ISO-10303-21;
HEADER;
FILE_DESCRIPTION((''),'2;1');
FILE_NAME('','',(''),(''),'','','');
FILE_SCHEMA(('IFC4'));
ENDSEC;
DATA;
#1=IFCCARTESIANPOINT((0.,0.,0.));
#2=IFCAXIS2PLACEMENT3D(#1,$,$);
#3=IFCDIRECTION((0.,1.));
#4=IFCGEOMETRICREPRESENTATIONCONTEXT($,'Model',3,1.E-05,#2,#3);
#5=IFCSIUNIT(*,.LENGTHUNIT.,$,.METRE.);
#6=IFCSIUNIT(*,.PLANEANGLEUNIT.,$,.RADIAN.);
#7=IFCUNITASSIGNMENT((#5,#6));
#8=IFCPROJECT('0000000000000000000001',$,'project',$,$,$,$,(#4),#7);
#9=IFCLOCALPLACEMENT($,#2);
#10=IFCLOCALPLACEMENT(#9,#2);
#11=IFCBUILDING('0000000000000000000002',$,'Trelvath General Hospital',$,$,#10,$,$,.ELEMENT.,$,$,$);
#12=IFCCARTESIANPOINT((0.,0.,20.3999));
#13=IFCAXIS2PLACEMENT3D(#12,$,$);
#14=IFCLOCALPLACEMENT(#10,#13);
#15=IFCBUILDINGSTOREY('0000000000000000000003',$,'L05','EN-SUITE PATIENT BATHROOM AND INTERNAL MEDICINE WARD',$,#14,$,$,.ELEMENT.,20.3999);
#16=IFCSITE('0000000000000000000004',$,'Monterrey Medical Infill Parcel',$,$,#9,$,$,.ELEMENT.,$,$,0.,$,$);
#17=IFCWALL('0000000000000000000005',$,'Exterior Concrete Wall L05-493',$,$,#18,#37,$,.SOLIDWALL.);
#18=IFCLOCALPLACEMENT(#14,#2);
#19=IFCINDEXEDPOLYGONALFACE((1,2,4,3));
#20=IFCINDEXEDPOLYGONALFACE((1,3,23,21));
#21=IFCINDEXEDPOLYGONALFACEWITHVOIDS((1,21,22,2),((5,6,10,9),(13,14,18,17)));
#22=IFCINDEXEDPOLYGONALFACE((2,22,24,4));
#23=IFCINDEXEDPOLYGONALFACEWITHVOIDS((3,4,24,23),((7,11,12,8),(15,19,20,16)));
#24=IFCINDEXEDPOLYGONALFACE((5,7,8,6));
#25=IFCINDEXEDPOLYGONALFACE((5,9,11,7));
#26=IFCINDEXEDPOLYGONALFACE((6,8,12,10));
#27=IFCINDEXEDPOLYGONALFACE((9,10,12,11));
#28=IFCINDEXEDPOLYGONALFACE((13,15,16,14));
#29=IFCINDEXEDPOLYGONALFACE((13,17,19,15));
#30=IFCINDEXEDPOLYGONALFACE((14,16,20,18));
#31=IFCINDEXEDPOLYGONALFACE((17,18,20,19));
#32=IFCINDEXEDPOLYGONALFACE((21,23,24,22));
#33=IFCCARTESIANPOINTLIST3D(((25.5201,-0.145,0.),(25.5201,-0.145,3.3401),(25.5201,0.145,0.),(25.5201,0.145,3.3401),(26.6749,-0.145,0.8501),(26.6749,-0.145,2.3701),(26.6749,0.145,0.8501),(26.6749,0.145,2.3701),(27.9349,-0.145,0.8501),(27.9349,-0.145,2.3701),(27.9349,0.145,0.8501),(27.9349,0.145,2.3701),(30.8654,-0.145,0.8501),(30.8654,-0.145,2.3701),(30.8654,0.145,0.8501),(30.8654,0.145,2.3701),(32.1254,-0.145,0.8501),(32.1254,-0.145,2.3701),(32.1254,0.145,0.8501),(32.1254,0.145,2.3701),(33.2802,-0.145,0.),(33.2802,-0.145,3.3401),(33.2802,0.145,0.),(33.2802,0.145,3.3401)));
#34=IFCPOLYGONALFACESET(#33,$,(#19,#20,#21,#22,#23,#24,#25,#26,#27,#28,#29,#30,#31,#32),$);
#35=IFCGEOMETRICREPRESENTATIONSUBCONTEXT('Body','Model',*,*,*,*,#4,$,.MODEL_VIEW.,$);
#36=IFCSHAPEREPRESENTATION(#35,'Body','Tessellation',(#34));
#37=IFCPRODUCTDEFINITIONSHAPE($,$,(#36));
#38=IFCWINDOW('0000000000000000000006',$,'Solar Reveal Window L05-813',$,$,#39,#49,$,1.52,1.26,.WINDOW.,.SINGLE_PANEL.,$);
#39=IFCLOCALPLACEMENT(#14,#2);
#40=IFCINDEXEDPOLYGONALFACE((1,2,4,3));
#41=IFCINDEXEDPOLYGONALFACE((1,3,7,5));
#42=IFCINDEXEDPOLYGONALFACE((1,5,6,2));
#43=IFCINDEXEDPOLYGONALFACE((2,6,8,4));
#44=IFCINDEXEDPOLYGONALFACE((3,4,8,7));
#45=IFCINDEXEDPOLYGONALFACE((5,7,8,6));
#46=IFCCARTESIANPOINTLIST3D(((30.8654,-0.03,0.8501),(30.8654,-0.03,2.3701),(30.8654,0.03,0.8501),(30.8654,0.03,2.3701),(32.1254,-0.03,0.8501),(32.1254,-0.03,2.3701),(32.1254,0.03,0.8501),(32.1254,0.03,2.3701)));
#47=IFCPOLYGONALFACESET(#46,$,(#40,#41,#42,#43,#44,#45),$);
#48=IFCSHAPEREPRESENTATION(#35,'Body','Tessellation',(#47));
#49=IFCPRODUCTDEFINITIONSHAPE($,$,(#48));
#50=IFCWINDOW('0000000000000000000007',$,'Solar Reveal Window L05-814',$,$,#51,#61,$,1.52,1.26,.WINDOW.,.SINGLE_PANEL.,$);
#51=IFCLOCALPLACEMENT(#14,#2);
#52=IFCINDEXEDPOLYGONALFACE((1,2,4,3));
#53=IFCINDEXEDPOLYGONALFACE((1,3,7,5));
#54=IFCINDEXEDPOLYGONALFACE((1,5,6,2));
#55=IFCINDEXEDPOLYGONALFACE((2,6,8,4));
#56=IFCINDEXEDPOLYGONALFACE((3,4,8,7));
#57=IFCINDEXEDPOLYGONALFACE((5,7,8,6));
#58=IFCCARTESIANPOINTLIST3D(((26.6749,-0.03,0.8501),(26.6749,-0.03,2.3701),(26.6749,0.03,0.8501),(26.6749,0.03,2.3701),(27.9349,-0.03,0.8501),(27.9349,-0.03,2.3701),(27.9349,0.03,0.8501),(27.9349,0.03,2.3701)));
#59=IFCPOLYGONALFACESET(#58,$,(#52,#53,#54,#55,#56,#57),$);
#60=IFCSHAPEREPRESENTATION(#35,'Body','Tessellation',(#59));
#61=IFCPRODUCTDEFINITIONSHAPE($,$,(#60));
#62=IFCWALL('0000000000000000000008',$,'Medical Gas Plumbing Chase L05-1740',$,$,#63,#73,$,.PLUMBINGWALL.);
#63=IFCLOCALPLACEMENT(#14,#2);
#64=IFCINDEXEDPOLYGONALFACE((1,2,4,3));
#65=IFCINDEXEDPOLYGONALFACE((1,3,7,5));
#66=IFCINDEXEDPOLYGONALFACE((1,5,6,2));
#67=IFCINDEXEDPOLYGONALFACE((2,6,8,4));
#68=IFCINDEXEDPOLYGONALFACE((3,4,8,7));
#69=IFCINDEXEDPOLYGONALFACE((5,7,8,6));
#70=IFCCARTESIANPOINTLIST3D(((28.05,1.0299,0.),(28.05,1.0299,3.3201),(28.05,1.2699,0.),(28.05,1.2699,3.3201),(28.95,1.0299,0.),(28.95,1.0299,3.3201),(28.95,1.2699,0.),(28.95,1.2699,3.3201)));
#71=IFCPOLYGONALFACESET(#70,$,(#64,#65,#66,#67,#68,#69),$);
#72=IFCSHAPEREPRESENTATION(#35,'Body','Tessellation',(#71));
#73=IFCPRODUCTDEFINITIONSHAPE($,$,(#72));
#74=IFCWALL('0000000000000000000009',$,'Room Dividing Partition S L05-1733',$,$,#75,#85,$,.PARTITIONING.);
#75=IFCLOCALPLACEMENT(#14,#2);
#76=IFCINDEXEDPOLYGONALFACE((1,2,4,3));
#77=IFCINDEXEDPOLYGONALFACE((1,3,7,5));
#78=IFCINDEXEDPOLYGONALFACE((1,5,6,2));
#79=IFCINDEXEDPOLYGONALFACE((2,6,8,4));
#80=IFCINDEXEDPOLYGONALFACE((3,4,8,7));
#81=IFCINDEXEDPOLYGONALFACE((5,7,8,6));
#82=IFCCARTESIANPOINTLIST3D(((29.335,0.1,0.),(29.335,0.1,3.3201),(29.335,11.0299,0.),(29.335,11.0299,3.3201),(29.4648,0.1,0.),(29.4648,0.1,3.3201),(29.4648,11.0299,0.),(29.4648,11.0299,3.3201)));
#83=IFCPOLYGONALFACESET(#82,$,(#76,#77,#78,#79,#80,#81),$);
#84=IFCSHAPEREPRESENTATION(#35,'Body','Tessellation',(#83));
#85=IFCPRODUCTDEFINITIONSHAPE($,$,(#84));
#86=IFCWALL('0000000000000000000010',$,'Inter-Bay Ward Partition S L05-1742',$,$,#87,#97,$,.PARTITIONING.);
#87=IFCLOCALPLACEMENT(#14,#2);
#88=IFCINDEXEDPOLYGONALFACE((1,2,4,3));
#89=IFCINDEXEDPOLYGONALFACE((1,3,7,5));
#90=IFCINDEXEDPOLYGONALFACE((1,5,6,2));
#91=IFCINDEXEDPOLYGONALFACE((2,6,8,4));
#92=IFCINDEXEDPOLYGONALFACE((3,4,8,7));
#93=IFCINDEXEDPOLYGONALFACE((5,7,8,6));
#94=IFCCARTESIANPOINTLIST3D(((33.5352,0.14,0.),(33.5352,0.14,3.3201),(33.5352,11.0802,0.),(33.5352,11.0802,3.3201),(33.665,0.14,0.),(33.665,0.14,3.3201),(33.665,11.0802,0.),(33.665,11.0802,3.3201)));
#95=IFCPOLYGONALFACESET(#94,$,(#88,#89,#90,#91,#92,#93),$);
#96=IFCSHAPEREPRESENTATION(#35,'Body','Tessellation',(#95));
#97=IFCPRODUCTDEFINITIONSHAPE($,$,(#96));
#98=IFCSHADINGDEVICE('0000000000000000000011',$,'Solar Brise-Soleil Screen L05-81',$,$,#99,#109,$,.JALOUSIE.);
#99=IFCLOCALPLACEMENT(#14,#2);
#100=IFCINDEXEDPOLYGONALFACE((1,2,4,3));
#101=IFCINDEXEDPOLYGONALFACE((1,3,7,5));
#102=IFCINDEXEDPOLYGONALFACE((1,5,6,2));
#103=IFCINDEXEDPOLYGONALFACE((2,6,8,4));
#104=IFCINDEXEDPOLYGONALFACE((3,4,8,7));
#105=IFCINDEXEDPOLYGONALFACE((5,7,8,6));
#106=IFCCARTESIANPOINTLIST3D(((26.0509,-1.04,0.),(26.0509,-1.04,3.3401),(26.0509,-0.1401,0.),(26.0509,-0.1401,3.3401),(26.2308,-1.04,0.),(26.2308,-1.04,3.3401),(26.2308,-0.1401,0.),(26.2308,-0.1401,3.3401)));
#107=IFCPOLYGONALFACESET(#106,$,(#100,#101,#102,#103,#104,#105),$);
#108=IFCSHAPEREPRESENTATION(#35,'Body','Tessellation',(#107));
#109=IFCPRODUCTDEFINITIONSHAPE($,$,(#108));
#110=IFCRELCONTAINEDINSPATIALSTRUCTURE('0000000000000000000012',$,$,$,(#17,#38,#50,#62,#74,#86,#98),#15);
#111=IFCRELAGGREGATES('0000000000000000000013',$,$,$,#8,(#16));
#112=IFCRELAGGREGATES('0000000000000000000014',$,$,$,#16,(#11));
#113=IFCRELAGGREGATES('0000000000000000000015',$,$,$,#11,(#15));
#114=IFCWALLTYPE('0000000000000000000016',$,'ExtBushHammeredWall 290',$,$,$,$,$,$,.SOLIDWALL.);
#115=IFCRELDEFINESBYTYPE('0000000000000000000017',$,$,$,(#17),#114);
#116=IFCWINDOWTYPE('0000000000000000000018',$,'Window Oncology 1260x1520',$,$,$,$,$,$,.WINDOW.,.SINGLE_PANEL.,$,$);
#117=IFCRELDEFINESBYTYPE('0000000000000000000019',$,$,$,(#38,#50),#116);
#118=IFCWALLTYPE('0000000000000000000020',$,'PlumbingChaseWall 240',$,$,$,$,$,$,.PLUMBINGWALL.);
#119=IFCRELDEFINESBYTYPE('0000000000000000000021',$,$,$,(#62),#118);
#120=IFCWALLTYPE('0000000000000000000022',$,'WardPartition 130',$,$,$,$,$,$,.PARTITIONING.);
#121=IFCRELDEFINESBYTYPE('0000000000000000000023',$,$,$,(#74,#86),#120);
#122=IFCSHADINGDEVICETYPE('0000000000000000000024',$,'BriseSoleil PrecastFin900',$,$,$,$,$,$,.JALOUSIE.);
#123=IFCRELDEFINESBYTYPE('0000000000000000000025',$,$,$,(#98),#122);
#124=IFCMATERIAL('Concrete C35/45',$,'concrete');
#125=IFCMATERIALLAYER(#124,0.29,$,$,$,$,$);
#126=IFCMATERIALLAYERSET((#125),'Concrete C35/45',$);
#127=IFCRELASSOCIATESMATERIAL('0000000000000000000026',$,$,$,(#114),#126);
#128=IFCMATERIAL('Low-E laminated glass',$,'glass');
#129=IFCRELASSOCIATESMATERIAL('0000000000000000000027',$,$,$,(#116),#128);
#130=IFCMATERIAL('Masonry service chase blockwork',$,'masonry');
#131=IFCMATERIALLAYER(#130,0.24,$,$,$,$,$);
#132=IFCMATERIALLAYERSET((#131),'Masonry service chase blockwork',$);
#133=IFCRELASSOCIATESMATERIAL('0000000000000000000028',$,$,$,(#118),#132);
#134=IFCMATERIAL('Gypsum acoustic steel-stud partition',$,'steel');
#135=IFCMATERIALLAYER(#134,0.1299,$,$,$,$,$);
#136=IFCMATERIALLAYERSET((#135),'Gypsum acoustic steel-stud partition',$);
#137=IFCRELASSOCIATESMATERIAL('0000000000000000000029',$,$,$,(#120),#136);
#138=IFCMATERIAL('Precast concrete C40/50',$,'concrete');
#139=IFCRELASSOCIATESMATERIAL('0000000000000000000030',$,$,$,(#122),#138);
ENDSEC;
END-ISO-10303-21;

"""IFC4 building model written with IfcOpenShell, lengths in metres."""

from ifc_helpers import new_model, si_unit, direction, frame, frame_2d, origin, origin_2d, place, context, subcontext, project, spatial, rectangle, extrude, material, layer, layer_set, type_object, element, fill, save


model = new_model("IFC4")

# Units and contexts
model_context = context("Model", 3, precision=1e-05, world=origin(), true_north=direction((0.0, 1.0)))
body_context = subcontext(model_context, "Body", "Model", "MODEL_VIEW")
ifc_project = project(units=[si_unit("LENGTHUNIT", "METRE"), si_unit("PLANEANGLEUNIT", "RADIAN")], contexts=[model_context])

# Site, building, storey
site_placement = place(None, origin())
site = spatial("IfcSite", under=ifc_project, at=site_placement, Name="Monterrey Medical Infill Parcel", CompositionType="ELEMENT", RefElevation=0.0)
building_placement = place(site_placement, origin())
building = spatial("IfcBuilding", under=site, at=building_placement, Name="Trelvath General Hospital", CompositionType="ELEMENT")
storey_placement = place(building_placement, frame((0.0, 0.0, 20.3999)))
storey = spatial("IfcBuildingStorey", under=building, at=storey_placement, Name="L05", Description="EN-SUITE PATIENT BATHROOM AND INTERNAL MEDICINE WARD", CompositionType="ELEMENT", Elevation=20.3999)

# Wall, openings, windows
ifc_material_1 = material(Name="Concrete C35/45", Category="concrete")
ifc_layer_1 = layer(ifc_material_1, 0.29)
ifc_layer_set_1 = layer_set([ifc_layer_1], Name="Concrete C35/45")
wall_type_1 = type_object("IfcWallType", Name="ExtBushHammeredWall 290", PredefinedType="SOLIDWALL", material=ifc_layer_set_1)
wall_1_placement = place(storey_placement, frame((33.28, 0.0, 0.0), z_axis=(0.0, 0.0, 1.0), x_axis=(-1.0, 0.0, 0.0)))
wall_1 = element("IfcWall", 1, at=wall_1_placement, inside=storey, type_object=wall_type_1, Name="Exterior Concrete Wall L05-493", PredefinedType="SOLIDWALL", context=body_context, shape_type="SweptSolid", body=[
    extrude(rectangle(XDim=7.76, YDim=0.29, at=frame_2d((3.8799, 0.0))), origin(), (0.0, 0.0, 1.0), 3.3401),
])
opening_1_placement = place(wall_1_placement, frame((1.1548, 0.0, 0.8501)))
opening_1 = element("IfcOpeningElement", 2, at=opening_1_placement, cuts=wall_1, PredefinedType="OPENING", context=body_context, shape_type="SweptSolid", body=[
    extrude(rectangle(XDim=1.26, YDim=1.52, at=frame_2d((0.6299, 0.76))), frame((0.0, 0.155, 0.0), z_axis=(0.0, -1.0, 0.0), x_axis=(1.0, 0.0, 0.0)), (0.0, 0.0, 1.0), 0.3101),
])
opening_2_placement = place(wall_1_placement, frame((5.3452, 0.0, 0.8501)))
opening_2 = element("IfcOpeningElement", 3, at=opening_2_placement, cuts=wall_1, PredefinedType="OPENING", context=body_context, shape_type="SweptSolid", body=[
    extrude(rectangle(XDim=1.26, YDim=1.52, at=frame_2d((0.6299, 0.76))), frame((0.0, 0.155, 0.0), z_axis=(0.0, -1.0, 0.0), x_axis=(1.0, 0.0, 0.0)), (0.0, 0.0, 1.0), 0.3101),
])
ifc_material_2 = material(Name="Low-E laminated glass", Category="glass")
window_type = type_object("IfcWindowType", Name="Window Oncology 1260x1520", PartitioningType="SINGLE_PANEL", PredefinedType="WINDOW", material=ifc_material_2)
window_1_placement = place(opening_1_placement, origin())
window_1 = element("IfcWindow", 4, at=window_1_placement, inside=storey, type_object=window_type, Name="Solar Reveal Window L05-813", OverallHeight=1.52, OverallWidth=1.26, PartitioningType="SINGLE_PANEL", PredefinedType="WINDOW", context=body_context, shape_type="SweptSolid", body=[
    extrude(rectangle(XDim=1.26, YDim=1.52, at=frame_2d((0.6299, 0.76))), frame((0.0, 0.03, 0.0), z_axis=(0.0, -1.0, 0.0), x_axis=(1.0, 0.0, 0.0)), (0.0, 0.0, 1.0), 0.0601),
])
fill(opening_1, window_1)
window_2_placement = place(opening_2_placement, origin())
window_2 = element("IfcWindow", 5, at=window_2_placement, inside=storey, type_object=window_type, Name="Solar Reveal Window L05-814", OverallHeight=1.52, OverallWidth=1.26, PartitioningType="SINGLE_PANEL", PredefinedType="WINDOW", context=body_context, shape_type="SweptSolid", body=[
    extrude(rectangle(XDim=1.26, YDim=1.52, at=frame_2d((0.6299, 0.76))), frame((0.0, 0.03, 0.0), z_axis=(0.0, -1.0, 0.0), x_axis=(1.0, 0.0, 0.0)), (0.0, 0.0, 1.0), 0.0601),
])
fill(opening_2, window_2)

# Walls
ifc_material_3 = material(Name="Masonry service chase blockwork", Category="masonry")
ifc_layer_2 = layer(ifc_material_3, 0.24)
ifc_layer_set_2 = layer_set([ifc_layer_2], Name="Masonry service chase blockwork")
wall_type_2 = type_object("IfcWallType", Name="PlumbingChaseWall 240", PredefinedType="PLUMBINGWALL", material=ifc_layer_set_2)
wall_2_placement = place(storey_placement, frame((28.05, 1.1499, 0.0), z_axis=(0.0, 0.0, 1.0), x_axis=(1.0, 0.0, 0.0)))
element("IfcWall", 6, at=wall_2_placement, inside=storey, type_object=wall_type_2, Name="Medical Gas Plumbing Chase L05-1740", PredefinedType="PLUMBINGWALL", context=body_context, shape_type="SweptSolid", body=[
    extrude(rectangle(XDim=0.8999, YDim=0.24, at=frame_2d((0.45, 0.0))), origin(), (0.0, 0.0, 1.0), 3.3201),
])
ifc_material_4 = material(Name="Gypsum acoustic steel-stud partition", Category="steel")
ifc_layer_3 = layer(ifc_material_4, 0.1299)
ifc_layer_set_3 = layer_set([ifc_layer_3], Name="Gypsum acoustic steel-stud partition")
wall_type_3 = type_object("IfcWallType", Name="WardPartition 130", PredefinedType="PARTITIONING", material=ifc_layer_set_3)
wall_3_placement = place(storey_placement, frame((29.3999, 0.1001, 0.0), z_axis=(0.0, 0.0, 1.0), x_axis=(0.0, 1.0, 0.0)))
element("IfcWall", 7, at=wall_3_placement, inside=storey, type_object=wall_type_3, Name="Room Dividing Partition S L05-1733", PredefinedType="PARTITIONING", context=body_context, shape_type="SweptSolid", body=[
    extrude(rectangle(XDim=10.9299, YDim=0.1299, at=frame_2d((5.4648, 0.0))), origin(), (0.0, 0.0, 1.0), 3.3201),
])
wall_4_placement = place(storey_placement, frame((33.6001, 0.1399, 0.0), z_axis=(0.0, 0.0, 1.0), x_axis=(0.0, 1.0, 0.0)))
element("IfcWall", 8, at=wall_4_placement, inside=storey, type_object=wall_type_3, Name="Inter-Bay Ward Partition S L05-1742", PredefinedType="PARTITIONING", context=body_context, shape_type="SweptSolid", body=[
    extrude(rectangle(XDim=10.9402, YDim=0.1299, at=frame_2d((5.4702, 0.0))), origin(), (0.0, 0.0, 1.0), 3.3201),
])

# Shading device
ifc_material_5 = material(Name="Precast concrete C40/50", Category="concrete")
shading_device_type = type_object("IfcShadingDeviceType", Name="BriseSoleil PrecastFin900", PredefinedType="JALOUSIE", material=ifc_material_5)
shading_device_placement = place(storey_placement, frame((26.1409, -0.5901, 0.0), z_axis=(0.0, 0.0, 1.0), x_axis=(0.0, -1.0, 0.0)))
element("IfcShadingDevice", 9, at=shading_device_placement, inside=storey, type_object=shading_device_type, Name="Solar Brise-Soleil Screen L05-81", PredefinedType="JALOUSIE", context=body_context, shape_type="SweptSolid", body=[
    extrude(rectangle(XDim=0.8999, YDim=0.1799, at=origin_2d()), origin(), (0.0, 0.0, 1.0), 3.3401),
])

save(model, "model.ifc")
